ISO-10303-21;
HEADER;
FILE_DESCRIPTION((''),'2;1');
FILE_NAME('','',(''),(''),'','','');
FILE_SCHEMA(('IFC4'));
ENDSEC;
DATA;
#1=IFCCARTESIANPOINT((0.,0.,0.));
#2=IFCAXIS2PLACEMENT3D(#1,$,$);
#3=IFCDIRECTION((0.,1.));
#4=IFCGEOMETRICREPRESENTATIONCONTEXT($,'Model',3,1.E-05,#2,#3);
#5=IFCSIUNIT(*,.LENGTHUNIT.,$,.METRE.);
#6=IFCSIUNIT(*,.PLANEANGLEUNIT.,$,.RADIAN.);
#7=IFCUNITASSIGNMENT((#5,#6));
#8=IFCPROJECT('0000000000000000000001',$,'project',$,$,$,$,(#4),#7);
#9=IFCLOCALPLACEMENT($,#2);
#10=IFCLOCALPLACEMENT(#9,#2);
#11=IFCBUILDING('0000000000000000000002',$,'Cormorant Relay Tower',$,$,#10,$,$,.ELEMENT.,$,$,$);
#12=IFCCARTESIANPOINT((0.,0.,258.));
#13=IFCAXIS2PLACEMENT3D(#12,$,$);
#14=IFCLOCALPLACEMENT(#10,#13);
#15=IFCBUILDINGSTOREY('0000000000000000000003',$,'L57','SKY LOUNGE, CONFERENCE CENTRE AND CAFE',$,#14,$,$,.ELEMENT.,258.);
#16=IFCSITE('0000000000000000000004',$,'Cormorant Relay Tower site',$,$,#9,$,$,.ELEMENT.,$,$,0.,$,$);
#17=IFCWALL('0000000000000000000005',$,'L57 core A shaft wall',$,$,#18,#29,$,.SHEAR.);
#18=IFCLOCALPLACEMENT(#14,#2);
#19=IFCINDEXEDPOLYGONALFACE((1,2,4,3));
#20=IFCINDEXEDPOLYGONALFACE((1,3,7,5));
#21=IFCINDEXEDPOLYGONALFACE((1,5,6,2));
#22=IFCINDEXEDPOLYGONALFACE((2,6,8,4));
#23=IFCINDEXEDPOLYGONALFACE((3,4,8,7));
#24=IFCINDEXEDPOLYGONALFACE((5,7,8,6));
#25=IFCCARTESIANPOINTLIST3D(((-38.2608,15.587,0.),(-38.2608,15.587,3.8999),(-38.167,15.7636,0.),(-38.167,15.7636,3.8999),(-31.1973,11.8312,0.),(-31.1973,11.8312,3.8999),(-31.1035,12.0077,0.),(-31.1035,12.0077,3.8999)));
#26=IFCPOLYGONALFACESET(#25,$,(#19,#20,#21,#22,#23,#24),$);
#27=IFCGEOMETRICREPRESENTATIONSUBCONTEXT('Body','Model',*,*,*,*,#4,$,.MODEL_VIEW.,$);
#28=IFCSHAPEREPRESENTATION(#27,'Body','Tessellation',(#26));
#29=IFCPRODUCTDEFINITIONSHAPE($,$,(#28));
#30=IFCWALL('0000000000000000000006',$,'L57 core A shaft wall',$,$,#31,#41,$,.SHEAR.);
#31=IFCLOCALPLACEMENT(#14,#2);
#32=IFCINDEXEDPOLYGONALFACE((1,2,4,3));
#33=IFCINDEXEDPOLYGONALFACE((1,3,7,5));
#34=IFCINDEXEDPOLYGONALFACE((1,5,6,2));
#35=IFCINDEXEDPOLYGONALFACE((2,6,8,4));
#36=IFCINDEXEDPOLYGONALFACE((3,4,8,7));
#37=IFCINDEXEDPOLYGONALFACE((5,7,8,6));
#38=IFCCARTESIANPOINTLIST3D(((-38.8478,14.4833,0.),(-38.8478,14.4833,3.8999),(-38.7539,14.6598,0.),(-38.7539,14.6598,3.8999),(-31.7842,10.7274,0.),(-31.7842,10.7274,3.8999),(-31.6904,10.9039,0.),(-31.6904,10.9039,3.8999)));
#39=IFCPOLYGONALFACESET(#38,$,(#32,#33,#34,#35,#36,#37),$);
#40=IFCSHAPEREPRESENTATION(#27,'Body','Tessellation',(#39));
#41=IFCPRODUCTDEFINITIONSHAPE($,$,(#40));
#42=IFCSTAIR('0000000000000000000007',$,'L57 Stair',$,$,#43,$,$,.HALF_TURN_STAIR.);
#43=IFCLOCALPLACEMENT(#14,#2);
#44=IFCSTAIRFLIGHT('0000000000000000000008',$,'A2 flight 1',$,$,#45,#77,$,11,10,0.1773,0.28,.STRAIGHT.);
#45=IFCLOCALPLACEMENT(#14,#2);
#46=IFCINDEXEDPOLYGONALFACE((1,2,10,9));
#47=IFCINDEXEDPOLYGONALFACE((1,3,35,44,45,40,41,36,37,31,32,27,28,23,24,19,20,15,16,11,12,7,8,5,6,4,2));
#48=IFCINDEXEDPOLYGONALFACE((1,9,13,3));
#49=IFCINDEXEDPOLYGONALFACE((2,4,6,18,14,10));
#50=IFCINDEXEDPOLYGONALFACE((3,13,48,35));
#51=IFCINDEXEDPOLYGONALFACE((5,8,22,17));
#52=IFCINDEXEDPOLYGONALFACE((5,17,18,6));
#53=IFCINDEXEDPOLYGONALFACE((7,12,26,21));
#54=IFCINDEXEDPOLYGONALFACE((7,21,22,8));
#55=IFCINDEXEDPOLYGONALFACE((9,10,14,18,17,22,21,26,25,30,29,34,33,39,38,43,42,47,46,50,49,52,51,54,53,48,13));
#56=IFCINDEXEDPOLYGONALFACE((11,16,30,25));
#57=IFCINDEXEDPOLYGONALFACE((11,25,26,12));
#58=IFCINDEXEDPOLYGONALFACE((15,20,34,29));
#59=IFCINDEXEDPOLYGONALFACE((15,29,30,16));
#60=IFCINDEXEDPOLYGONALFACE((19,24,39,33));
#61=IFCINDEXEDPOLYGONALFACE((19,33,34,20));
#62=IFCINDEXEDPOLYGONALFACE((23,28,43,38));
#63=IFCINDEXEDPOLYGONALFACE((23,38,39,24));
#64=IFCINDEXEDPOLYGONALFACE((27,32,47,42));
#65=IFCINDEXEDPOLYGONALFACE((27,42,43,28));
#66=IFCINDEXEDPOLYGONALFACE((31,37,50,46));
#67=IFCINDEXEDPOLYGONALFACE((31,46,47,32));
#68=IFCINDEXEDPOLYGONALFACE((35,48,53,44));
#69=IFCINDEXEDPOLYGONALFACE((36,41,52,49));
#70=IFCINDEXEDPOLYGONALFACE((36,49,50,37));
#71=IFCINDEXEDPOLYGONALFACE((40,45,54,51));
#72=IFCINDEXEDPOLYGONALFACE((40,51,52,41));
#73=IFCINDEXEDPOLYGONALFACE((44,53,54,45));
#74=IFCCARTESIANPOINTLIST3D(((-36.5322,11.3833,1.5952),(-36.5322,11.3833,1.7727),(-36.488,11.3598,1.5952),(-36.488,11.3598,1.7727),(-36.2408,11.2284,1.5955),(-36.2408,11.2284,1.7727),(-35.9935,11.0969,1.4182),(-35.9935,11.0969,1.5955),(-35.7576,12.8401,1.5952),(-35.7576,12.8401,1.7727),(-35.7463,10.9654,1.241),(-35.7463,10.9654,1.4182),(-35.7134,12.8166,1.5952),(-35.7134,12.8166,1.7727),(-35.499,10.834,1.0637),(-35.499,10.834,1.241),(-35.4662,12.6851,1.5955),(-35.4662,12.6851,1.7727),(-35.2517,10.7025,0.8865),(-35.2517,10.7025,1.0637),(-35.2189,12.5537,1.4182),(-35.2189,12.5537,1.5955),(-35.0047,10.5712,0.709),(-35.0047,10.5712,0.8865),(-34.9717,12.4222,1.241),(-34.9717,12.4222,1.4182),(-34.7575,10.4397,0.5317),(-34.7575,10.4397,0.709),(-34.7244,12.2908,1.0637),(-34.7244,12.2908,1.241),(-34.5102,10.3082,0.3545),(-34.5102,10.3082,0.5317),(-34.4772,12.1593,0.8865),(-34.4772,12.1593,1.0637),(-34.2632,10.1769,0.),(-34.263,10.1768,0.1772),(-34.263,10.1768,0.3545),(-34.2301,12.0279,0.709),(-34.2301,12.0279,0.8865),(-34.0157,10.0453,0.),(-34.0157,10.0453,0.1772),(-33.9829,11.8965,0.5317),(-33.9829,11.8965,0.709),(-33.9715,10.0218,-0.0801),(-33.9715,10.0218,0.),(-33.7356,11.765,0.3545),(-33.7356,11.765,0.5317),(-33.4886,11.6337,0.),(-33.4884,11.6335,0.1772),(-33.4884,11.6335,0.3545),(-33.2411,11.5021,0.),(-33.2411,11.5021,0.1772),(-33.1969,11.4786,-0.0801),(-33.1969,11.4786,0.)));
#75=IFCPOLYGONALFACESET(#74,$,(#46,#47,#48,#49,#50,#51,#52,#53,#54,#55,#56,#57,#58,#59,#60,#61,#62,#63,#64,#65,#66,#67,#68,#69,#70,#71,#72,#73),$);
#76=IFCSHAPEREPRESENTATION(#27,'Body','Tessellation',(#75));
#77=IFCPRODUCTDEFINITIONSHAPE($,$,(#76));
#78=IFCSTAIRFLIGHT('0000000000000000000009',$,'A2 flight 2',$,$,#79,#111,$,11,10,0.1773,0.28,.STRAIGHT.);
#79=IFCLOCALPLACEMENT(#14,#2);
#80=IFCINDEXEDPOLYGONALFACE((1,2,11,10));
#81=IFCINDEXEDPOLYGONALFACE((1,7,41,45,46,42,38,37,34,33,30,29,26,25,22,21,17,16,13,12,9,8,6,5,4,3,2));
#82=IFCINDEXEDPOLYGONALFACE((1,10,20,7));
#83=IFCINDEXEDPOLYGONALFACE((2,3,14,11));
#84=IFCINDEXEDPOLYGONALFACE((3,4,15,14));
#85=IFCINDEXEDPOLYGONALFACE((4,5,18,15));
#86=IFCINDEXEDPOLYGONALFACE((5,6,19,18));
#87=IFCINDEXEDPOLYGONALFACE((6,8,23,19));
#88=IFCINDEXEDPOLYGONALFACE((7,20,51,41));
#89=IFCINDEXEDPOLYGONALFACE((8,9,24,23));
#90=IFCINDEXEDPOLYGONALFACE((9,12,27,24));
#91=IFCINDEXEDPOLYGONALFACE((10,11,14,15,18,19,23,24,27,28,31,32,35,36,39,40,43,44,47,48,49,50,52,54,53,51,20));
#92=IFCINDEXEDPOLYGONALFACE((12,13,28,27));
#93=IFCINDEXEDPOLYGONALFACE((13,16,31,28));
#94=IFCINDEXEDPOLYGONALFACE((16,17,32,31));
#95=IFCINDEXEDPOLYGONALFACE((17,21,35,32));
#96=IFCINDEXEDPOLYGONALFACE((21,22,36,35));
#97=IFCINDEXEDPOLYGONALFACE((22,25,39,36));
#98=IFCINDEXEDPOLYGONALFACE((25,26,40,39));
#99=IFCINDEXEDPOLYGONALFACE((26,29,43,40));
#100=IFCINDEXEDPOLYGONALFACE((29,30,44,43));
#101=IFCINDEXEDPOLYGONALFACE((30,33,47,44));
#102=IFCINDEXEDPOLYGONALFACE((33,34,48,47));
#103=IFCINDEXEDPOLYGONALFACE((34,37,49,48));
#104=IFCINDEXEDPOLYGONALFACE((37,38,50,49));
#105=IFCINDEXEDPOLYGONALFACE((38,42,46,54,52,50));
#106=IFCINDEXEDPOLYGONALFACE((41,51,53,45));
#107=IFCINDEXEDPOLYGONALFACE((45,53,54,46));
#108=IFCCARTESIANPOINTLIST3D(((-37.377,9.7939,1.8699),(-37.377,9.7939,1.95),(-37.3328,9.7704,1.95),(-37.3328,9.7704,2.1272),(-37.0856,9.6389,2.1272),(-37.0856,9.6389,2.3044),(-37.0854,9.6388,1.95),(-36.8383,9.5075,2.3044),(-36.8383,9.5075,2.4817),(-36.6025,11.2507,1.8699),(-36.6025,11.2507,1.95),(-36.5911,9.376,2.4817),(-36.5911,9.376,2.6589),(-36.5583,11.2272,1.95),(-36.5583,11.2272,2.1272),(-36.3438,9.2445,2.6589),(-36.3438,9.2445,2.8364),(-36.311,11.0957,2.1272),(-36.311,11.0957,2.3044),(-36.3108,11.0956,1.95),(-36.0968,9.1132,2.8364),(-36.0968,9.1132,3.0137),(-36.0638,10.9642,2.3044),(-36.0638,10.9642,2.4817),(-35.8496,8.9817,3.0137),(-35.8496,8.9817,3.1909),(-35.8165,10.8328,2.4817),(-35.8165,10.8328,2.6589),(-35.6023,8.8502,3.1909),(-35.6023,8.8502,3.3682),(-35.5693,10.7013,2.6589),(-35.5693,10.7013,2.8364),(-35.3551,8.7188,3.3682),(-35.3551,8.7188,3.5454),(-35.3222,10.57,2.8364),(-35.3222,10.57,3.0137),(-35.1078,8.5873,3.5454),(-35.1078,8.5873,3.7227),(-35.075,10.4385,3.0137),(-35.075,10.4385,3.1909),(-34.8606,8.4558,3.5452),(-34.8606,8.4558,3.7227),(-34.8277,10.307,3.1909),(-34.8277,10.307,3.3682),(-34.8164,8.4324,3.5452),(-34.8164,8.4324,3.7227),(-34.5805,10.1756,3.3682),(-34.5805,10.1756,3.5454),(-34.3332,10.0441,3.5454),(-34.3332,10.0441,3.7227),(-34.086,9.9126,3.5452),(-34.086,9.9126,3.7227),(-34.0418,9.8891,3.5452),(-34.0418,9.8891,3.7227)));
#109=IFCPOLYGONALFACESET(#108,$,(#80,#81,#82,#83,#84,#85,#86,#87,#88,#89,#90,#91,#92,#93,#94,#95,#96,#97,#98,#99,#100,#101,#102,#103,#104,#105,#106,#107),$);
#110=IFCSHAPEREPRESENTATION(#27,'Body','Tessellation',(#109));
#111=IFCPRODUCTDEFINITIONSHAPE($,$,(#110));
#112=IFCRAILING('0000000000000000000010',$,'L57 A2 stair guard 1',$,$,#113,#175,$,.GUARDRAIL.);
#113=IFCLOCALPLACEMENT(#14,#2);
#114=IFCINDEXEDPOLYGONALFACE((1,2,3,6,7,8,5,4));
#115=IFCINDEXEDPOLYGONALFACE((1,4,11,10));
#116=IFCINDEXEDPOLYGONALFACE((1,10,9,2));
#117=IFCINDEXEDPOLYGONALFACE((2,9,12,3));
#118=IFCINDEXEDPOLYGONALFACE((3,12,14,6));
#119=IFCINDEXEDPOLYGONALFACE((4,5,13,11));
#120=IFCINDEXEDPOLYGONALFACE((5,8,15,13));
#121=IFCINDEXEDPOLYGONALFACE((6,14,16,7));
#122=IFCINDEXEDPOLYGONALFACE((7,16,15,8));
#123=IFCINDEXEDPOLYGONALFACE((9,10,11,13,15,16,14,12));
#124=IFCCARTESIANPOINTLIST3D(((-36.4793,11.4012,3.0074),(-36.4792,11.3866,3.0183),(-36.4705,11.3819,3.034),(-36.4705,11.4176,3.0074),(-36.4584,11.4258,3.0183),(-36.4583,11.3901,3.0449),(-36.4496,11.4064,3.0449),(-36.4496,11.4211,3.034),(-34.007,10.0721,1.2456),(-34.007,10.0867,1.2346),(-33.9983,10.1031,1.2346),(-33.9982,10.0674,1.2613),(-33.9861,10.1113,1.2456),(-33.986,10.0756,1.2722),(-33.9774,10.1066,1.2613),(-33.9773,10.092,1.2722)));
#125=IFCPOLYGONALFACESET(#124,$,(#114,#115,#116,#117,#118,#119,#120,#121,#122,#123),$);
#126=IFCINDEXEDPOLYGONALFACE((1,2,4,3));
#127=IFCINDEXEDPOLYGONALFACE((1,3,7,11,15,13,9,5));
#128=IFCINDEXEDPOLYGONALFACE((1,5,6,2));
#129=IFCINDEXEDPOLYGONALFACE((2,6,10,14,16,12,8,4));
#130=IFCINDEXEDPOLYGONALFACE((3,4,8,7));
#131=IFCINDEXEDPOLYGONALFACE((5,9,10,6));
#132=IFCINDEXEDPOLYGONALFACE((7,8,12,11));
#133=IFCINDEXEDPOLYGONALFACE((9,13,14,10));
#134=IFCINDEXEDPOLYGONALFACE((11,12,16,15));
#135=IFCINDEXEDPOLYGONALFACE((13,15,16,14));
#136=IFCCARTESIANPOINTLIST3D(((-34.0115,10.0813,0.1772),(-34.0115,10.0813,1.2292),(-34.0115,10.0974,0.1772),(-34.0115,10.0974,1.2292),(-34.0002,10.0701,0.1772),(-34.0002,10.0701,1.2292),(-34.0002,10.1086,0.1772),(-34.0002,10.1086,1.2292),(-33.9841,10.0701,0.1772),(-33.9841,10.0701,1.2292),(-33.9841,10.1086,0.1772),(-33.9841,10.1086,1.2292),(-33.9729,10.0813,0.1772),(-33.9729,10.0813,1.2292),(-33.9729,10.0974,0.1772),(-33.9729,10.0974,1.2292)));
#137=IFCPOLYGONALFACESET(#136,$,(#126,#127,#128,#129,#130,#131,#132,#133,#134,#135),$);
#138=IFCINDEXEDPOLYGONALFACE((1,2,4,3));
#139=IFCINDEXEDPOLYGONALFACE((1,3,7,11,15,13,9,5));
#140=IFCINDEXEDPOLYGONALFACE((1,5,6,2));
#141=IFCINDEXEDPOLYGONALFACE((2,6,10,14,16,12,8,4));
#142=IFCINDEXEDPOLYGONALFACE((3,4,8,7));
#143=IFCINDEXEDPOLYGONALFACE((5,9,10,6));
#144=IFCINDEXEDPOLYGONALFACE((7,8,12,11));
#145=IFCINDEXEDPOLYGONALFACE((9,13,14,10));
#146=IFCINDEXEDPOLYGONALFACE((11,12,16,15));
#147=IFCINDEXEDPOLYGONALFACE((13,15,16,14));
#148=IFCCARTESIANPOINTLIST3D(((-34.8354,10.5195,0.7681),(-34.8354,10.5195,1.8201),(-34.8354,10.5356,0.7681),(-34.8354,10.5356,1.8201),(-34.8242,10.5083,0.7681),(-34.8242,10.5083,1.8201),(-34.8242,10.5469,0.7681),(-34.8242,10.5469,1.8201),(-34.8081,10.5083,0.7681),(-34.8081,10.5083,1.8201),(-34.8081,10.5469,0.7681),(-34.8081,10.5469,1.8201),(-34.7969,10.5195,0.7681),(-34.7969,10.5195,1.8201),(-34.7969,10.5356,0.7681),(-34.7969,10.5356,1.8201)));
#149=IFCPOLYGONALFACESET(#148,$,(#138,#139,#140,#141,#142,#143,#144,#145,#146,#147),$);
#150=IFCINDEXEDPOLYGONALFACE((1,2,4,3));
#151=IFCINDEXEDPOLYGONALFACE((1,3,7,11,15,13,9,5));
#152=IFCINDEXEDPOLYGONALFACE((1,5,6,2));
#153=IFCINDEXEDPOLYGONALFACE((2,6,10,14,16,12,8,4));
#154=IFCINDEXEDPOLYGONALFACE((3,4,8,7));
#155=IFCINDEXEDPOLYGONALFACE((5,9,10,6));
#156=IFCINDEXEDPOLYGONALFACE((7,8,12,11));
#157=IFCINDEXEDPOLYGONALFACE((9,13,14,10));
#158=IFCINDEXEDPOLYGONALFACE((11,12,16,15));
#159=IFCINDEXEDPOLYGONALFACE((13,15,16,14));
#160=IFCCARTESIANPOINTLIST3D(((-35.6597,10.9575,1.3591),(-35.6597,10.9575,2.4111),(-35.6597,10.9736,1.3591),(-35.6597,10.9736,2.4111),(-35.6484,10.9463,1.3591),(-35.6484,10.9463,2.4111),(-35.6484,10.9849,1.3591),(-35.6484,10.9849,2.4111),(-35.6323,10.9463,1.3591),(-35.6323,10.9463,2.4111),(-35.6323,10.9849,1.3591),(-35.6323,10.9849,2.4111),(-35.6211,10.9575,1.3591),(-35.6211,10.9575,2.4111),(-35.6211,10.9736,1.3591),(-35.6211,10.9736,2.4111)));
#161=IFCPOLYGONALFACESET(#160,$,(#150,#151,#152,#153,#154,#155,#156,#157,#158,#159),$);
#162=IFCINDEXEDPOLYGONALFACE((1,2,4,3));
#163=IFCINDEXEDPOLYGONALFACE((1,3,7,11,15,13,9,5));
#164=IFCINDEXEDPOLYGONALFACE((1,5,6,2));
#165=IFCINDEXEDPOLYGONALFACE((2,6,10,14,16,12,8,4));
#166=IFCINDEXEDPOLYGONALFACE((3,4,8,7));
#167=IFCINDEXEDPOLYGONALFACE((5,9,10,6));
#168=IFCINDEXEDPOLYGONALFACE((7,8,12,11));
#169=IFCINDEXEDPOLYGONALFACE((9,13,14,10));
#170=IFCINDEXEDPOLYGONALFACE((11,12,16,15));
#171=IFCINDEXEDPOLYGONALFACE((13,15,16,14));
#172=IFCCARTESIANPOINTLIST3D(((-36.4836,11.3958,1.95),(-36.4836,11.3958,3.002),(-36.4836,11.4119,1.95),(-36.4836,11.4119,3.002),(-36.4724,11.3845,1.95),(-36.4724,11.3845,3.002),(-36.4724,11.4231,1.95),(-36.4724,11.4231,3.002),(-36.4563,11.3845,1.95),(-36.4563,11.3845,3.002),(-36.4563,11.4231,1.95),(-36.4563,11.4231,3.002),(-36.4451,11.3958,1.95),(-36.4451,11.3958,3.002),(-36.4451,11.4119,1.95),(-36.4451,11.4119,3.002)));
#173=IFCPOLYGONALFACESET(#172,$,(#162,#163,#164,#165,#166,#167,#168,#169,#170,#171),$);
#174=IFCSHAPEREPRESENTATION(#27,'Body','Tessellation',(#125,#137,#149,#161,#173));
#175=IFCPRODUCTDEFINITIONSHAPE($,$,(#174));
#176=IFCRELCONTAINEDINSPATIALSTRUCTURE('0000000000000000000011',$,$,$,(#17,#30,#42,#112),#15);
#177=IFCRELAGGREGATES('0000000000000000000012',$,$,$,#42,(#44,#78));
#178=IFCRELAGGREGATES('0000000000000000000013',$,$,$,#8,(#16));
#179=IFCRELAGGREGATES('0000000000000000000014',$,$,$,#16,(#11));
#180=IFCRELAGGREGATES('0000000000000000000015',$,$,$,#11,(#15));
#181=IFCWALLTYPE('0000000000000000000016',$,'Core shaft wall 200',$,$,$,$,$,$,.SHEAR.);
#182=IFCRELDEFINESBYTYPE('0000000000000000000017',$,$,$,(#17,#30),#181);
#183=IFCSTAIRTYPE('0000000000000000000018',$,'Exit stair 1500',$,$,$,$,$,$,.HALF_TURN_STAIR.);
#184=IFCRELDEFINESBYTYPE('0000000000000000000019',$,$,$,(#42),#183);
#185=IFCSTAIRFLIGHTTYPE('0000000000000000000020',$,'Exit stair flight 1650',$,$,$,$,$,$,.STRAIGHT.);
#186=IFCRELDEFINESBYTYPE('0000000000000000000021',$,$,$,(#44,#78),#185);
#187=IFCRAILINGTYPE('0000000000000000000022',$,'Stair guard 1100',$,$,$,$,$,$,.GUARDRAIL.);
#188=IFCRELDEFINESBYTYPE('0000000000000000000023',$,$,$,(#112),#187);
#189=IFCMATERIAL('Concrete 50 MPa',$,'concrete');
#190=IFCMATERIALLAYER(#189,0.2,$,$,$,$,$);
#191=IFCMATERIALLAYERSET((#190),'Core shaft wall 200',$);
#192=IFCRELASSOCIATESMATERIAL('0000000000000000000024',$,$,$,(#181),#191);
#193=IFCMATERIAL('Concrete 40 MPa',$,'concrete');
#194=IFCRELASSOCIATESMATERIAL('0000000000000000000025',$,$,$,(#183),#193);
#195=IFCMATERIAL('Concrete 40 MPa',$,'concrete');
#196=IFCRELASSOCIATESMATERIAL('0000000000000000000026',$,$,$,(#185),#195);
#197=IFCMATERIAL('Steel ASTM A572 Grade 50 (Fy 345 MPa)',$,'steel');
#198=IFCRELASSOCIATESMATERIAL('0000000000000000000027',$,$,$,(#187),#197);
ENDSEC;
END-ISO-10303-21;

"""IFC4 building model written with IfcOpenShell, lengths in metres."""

from ifc_helpers import new_model, si_unit, direction, frame, frame_2d, origin, place, context, subcontext, project, spatial, polyline, rectangle, outline, extrude, material, layer, layer_set, type_object, element, aggregate, save


model = new_model("IFC4")

# Units and contexts
model_context = context("Model", 3, precision=1e-05, world=origin(), true_north=direction((0.0, 1.0)))
body_context = subcontext(model_context, "Body", "Model", "MODEL_VIEW")
ifc_project = project(units=[si_unit("LENGTHUNIT", "METRE"), si_unit("PLANEANGLEUNIT", "RADIAN")], contexts=[model_context])

# Site, building, storey
site_placement = place(None, origin())
site = spatial("IfcSite", under=ifc_project, at=site_placement, Name="Cormorant Relay Tower site", CompositionType="ELEMENT", RefElevation=0.0)
building_placement = place(site_placement, origin())
building = spatial("IfcBuilding", under=site, at=building_placement, Name="Cormorant Relay Tower", CompositionType="ELEMENT")
storey_placement = place(building_placement, frame((0.0, 0.0, 258.0)))
storey = spatial("IfcBuildingStorey", under=building, at=storey_placement, Name="L57", Description="SKY LOUNGE, CONFERENCE CENTRE AND CAFE", CompositionType="ELEMENT", Elevation=258.0)

# Shared definitions
ifc_material_1 = material(Name="Concrete 50 MPa", Category="concrete")
ifc_layer = layer(ifc_material_1, 0.2)
ifc_layer_set = layer_set([ifc_layer], Name="Core shaft wall 200")
wall_type = type_object("IfcWallType", Name="Core shaft wall 200", PredefinedType="SHEAR", material=ifc_layer_set)

# Walls
for number, where, z_axis, x_axis, name in (
    (1, (-31.1504, 11.9194, 0.0), (0.0, 0.0, 1.0), (-0.88294, 0.469485, 0.0), "L57 core A shaft wall"),
    (2, (-31.7373, 10.8157, 0.0), (0.0, 0.0, 1.0), (-0.88294, 0.469485, 0.0), "L57 core A shaft wall"),
):
    element("IfcWall", number, at=place(storey_placement, frame(where, z_axis=z_axis, x_axis=x_axis)), inside=storey, type_object=wall_type, Name=name, PredefinedType="SHEAR", context=body_context, shape_type="SweptSolid", body=[
        extrude(rectangle(XDim=8.0, YDim=0.2, at=frame_2d((4.0, 0.0))), origin(), (0.0, 0.0, 1.0), 3.8999),
    ])

# Stair, stair flights
ifc_material_2 = material(Name="Concrete 40 MPa", Category="concrete")
stair_type = type_object("IfcStairType", Name="Exit stair 1500", PredefinedType="HALF_TURN_STAIR", material=ifc_material_2)
stair_placement = place(storey_placement, origin())
stair = element("IfcStair", 3, at=stair_placement, inside=storey, type_object=stair_type, Name="L57 Stair", PredefinedType="HALF_TURN_STAIR")
ifc_material_3 = material(Name="Concrete 40 MPa", Category="concrete")
stair_flight_type = type_object("IfcStairFlightType", Name="Exit stair flight 1650", PredefinedType="STRAIGHT", material=ifc_material_3)
stair_flight_1_placement = place(storey_placement, frame((-33.6284, 10.7737, 0.0), z_axis=(0.0, 0.0, 1.0), x_axis=(-0.882948, 0.469472, 0.0)))
stair_flight_1 = element("IfcStairFlight", 4, at=stair_flight_1_placement, type_object=stair_flight_type, Name="A2 flight 1", NumberOfRisers=11, NumberOfTreads=10, PredefinedType="STRAIGHT", RiserHeight=0.1773, TreadLength=0.28, context=body_context, shape_type="SweptSolid", body=[
    extrude(outline(polyline([(-0.05, -0.0801), (-0.05, 0.0), (0.0, 0.0), (0.0, 0.1772), (0.28, 0.1772), (0.28, 0.3545), (0.5601, 0.3545), (0.5601, 0.5317), (0.8401, 0.5317), (0.8401, 0.709), (1.1201, 0.709), (1.1201, 0.8865), (1.3999, 0.8865), (1.3999, 1.0637), (1.6799, 1.0637), (1.6799, 1.241), (1.96, 1.241), (1.96, 1.4182), (2.24, 1.4182), (2.24, 1.5955), (2.52, 1.5955), (2.52, 1.7727), (2.8, 1.7727), (2.8501, 1.7727), (2.8501, 1.5952), (2.8, 1.5952), (0.2803, 0.0), (-0.05, -0.0801)])), frame((0.0, 0.825, 0.0), z_axis=(0.0, -1.0, 0.0), x_axis=(1.0, 0.0, 0.0)), (0.0, 0.0, 1.0), 1.6499),
])
stair_flight_2_placement = place(storey_placement, frame((-36.9456, 10.4988, 1.95), z_axis=(0.0, 0.0, 1.0), x_axis=(0.882948, -0.469472, 0.0)))
stair_flight_2 = element("IfcStairFlight", 5, at=stair_flight_2_placement, type_object=stair_flight_type, Name="A2 flight 2", NumberOfRisers=11, NumberOfTreads=10, PredefinedType="STRAIGHT", RiserHeight=0.1773, TreadLength=0.28, context=body_context, shape_type="SweptSolid", body=[
    extrude(outline(polyline([(-0.05, -0.0801), (-0.05, 0.0), (0.0, 0.0), (0.0, 0.1772), (0.28, 0.1772), (0.28, 0.3545), (0.5601, 0.3545), (0.5601, 0.5317), (0.8401, 0.5317), (0.8401, 0.709), (1.1201, 0.709), (1.1201, 0.8865), (1.3999, 0.8865), (1.3999, 1.0637), (1.6799, 1.0637), (1.6799, 1.241), (1.96, 1.241), (1.96, 1.4182), (2.24, 1.4182), (2.24, 1.5955), (2.52, 1.5955), (2.52, 1.7727), (2.8, 1.7727), (2.8501, 1.7727), (2.8501, 1.5952), (2.8, 1.5952), (0.2803, 0.0), (-0.05, -0.0801)])), frame((0.0, 0.825, 0.0), z_axis=(0.0, -1.0, 0.0), x_axis=(1.0, 0.0, 0.0)), (0.0, 0.0, 1.0), 1.6499),
])
aggregate(stair, [stair_flight_1, stair_flight_2])

# Railing
ifc_material_4 = material(Name="Steel ASTM A572 Grade 50 (Fy 345 MPa)", Category="steel")
railing_type_1 = type_object("IfcRailingType", Name="Stair guard 1100", PredefinedType="GUARDRAIL", material=ifc_material_4)
railing_1_placement = place(storey_placement, frame((-33.9922, 10.0894, 0.1772)))
element("IfcRailing", 6, at=railing_1_placement, inside=storey, type_object=railing_type_1, Name="L57 A2 stair guard 1", PredefinedType="GUARDRAIL", context=body_context, shape_type="SweptSolid", body=[
    extrude(outline(polyline([(0.0222, 0.0093), (0.0093, 0.0222), (-0.0093, 0.0222), (-0.0222, 0.0093), (-0.0222, -0.0093), (-0.0093, -0.0222), (0.0093, -0.0222), (0.0222, -0.0093), (0.0222, 0.0093)])), frame((0.0, 0.0, 1.0762), z_axis=(-0.746001, 0.396649, 0.534931), x_axis=(-0.469465, -0.882951, 0.0)), (0.0, 0.0, 1.0), 3.314),
    extrude(outline(polyline([(0.0193, 0.0081), (0.0081, 0.0193), (-0.0081, 0.0193), (-0.0193, 0.0081), (-0.0193, -0.0081), (-0.0081, -0.0193), (0.0081, -0.0193), (0.0193, -0.0081), (0.0193, 0.0081)])), origin(), (0.0, 0.0, 1.0), 1.052),
    extrude(outline(polyline([(0.0193, 0.0081), (0.0081, 0.0193), (-0.0081, 0.0193), (-0.0193, 0.0081), (-0.0193, -0.0081), (-0.0081, -0.0193), (0.0081, -0.0193), (0.0193, -0.0081), (0.0193, 0.0081)])), frame((-0.824, 0.4382, 0.5908)), (0.0, 0.0, 1.0), 1.052),
    extrude(outline(polyline([(0.0193, 0.0081), (0.0081, 0.0193), (-0.0081, 0.0193), (-0.0193, 0.0081), (-0.0193, -0.0081), (-0.0081, -0.0193), (0.0081, -0.0193), (0.0193, -0.0081), (0.0193, 0.0081)])), frame((-1.6482, 0.8762, 1.1819)), (0.0, 0.0, 1.0), 1.052),
    extrude(outline(polyline([(0.0193, 0.0081), (0.0081, 0.0193), (-0.0081, 0.0193), (-0.0193, 0.0081), (-0.0193, -0.0081), (-0.0081, -0.0193), (0.0081, -0.0193), (0.0193, -0.0081), (0.0193, 0.0081)])), frame((-2.4722, 1.3145, 1.7727)), (0.0, 0.0, 1.0), 1.052),
])

save(model, "model.ifc")
